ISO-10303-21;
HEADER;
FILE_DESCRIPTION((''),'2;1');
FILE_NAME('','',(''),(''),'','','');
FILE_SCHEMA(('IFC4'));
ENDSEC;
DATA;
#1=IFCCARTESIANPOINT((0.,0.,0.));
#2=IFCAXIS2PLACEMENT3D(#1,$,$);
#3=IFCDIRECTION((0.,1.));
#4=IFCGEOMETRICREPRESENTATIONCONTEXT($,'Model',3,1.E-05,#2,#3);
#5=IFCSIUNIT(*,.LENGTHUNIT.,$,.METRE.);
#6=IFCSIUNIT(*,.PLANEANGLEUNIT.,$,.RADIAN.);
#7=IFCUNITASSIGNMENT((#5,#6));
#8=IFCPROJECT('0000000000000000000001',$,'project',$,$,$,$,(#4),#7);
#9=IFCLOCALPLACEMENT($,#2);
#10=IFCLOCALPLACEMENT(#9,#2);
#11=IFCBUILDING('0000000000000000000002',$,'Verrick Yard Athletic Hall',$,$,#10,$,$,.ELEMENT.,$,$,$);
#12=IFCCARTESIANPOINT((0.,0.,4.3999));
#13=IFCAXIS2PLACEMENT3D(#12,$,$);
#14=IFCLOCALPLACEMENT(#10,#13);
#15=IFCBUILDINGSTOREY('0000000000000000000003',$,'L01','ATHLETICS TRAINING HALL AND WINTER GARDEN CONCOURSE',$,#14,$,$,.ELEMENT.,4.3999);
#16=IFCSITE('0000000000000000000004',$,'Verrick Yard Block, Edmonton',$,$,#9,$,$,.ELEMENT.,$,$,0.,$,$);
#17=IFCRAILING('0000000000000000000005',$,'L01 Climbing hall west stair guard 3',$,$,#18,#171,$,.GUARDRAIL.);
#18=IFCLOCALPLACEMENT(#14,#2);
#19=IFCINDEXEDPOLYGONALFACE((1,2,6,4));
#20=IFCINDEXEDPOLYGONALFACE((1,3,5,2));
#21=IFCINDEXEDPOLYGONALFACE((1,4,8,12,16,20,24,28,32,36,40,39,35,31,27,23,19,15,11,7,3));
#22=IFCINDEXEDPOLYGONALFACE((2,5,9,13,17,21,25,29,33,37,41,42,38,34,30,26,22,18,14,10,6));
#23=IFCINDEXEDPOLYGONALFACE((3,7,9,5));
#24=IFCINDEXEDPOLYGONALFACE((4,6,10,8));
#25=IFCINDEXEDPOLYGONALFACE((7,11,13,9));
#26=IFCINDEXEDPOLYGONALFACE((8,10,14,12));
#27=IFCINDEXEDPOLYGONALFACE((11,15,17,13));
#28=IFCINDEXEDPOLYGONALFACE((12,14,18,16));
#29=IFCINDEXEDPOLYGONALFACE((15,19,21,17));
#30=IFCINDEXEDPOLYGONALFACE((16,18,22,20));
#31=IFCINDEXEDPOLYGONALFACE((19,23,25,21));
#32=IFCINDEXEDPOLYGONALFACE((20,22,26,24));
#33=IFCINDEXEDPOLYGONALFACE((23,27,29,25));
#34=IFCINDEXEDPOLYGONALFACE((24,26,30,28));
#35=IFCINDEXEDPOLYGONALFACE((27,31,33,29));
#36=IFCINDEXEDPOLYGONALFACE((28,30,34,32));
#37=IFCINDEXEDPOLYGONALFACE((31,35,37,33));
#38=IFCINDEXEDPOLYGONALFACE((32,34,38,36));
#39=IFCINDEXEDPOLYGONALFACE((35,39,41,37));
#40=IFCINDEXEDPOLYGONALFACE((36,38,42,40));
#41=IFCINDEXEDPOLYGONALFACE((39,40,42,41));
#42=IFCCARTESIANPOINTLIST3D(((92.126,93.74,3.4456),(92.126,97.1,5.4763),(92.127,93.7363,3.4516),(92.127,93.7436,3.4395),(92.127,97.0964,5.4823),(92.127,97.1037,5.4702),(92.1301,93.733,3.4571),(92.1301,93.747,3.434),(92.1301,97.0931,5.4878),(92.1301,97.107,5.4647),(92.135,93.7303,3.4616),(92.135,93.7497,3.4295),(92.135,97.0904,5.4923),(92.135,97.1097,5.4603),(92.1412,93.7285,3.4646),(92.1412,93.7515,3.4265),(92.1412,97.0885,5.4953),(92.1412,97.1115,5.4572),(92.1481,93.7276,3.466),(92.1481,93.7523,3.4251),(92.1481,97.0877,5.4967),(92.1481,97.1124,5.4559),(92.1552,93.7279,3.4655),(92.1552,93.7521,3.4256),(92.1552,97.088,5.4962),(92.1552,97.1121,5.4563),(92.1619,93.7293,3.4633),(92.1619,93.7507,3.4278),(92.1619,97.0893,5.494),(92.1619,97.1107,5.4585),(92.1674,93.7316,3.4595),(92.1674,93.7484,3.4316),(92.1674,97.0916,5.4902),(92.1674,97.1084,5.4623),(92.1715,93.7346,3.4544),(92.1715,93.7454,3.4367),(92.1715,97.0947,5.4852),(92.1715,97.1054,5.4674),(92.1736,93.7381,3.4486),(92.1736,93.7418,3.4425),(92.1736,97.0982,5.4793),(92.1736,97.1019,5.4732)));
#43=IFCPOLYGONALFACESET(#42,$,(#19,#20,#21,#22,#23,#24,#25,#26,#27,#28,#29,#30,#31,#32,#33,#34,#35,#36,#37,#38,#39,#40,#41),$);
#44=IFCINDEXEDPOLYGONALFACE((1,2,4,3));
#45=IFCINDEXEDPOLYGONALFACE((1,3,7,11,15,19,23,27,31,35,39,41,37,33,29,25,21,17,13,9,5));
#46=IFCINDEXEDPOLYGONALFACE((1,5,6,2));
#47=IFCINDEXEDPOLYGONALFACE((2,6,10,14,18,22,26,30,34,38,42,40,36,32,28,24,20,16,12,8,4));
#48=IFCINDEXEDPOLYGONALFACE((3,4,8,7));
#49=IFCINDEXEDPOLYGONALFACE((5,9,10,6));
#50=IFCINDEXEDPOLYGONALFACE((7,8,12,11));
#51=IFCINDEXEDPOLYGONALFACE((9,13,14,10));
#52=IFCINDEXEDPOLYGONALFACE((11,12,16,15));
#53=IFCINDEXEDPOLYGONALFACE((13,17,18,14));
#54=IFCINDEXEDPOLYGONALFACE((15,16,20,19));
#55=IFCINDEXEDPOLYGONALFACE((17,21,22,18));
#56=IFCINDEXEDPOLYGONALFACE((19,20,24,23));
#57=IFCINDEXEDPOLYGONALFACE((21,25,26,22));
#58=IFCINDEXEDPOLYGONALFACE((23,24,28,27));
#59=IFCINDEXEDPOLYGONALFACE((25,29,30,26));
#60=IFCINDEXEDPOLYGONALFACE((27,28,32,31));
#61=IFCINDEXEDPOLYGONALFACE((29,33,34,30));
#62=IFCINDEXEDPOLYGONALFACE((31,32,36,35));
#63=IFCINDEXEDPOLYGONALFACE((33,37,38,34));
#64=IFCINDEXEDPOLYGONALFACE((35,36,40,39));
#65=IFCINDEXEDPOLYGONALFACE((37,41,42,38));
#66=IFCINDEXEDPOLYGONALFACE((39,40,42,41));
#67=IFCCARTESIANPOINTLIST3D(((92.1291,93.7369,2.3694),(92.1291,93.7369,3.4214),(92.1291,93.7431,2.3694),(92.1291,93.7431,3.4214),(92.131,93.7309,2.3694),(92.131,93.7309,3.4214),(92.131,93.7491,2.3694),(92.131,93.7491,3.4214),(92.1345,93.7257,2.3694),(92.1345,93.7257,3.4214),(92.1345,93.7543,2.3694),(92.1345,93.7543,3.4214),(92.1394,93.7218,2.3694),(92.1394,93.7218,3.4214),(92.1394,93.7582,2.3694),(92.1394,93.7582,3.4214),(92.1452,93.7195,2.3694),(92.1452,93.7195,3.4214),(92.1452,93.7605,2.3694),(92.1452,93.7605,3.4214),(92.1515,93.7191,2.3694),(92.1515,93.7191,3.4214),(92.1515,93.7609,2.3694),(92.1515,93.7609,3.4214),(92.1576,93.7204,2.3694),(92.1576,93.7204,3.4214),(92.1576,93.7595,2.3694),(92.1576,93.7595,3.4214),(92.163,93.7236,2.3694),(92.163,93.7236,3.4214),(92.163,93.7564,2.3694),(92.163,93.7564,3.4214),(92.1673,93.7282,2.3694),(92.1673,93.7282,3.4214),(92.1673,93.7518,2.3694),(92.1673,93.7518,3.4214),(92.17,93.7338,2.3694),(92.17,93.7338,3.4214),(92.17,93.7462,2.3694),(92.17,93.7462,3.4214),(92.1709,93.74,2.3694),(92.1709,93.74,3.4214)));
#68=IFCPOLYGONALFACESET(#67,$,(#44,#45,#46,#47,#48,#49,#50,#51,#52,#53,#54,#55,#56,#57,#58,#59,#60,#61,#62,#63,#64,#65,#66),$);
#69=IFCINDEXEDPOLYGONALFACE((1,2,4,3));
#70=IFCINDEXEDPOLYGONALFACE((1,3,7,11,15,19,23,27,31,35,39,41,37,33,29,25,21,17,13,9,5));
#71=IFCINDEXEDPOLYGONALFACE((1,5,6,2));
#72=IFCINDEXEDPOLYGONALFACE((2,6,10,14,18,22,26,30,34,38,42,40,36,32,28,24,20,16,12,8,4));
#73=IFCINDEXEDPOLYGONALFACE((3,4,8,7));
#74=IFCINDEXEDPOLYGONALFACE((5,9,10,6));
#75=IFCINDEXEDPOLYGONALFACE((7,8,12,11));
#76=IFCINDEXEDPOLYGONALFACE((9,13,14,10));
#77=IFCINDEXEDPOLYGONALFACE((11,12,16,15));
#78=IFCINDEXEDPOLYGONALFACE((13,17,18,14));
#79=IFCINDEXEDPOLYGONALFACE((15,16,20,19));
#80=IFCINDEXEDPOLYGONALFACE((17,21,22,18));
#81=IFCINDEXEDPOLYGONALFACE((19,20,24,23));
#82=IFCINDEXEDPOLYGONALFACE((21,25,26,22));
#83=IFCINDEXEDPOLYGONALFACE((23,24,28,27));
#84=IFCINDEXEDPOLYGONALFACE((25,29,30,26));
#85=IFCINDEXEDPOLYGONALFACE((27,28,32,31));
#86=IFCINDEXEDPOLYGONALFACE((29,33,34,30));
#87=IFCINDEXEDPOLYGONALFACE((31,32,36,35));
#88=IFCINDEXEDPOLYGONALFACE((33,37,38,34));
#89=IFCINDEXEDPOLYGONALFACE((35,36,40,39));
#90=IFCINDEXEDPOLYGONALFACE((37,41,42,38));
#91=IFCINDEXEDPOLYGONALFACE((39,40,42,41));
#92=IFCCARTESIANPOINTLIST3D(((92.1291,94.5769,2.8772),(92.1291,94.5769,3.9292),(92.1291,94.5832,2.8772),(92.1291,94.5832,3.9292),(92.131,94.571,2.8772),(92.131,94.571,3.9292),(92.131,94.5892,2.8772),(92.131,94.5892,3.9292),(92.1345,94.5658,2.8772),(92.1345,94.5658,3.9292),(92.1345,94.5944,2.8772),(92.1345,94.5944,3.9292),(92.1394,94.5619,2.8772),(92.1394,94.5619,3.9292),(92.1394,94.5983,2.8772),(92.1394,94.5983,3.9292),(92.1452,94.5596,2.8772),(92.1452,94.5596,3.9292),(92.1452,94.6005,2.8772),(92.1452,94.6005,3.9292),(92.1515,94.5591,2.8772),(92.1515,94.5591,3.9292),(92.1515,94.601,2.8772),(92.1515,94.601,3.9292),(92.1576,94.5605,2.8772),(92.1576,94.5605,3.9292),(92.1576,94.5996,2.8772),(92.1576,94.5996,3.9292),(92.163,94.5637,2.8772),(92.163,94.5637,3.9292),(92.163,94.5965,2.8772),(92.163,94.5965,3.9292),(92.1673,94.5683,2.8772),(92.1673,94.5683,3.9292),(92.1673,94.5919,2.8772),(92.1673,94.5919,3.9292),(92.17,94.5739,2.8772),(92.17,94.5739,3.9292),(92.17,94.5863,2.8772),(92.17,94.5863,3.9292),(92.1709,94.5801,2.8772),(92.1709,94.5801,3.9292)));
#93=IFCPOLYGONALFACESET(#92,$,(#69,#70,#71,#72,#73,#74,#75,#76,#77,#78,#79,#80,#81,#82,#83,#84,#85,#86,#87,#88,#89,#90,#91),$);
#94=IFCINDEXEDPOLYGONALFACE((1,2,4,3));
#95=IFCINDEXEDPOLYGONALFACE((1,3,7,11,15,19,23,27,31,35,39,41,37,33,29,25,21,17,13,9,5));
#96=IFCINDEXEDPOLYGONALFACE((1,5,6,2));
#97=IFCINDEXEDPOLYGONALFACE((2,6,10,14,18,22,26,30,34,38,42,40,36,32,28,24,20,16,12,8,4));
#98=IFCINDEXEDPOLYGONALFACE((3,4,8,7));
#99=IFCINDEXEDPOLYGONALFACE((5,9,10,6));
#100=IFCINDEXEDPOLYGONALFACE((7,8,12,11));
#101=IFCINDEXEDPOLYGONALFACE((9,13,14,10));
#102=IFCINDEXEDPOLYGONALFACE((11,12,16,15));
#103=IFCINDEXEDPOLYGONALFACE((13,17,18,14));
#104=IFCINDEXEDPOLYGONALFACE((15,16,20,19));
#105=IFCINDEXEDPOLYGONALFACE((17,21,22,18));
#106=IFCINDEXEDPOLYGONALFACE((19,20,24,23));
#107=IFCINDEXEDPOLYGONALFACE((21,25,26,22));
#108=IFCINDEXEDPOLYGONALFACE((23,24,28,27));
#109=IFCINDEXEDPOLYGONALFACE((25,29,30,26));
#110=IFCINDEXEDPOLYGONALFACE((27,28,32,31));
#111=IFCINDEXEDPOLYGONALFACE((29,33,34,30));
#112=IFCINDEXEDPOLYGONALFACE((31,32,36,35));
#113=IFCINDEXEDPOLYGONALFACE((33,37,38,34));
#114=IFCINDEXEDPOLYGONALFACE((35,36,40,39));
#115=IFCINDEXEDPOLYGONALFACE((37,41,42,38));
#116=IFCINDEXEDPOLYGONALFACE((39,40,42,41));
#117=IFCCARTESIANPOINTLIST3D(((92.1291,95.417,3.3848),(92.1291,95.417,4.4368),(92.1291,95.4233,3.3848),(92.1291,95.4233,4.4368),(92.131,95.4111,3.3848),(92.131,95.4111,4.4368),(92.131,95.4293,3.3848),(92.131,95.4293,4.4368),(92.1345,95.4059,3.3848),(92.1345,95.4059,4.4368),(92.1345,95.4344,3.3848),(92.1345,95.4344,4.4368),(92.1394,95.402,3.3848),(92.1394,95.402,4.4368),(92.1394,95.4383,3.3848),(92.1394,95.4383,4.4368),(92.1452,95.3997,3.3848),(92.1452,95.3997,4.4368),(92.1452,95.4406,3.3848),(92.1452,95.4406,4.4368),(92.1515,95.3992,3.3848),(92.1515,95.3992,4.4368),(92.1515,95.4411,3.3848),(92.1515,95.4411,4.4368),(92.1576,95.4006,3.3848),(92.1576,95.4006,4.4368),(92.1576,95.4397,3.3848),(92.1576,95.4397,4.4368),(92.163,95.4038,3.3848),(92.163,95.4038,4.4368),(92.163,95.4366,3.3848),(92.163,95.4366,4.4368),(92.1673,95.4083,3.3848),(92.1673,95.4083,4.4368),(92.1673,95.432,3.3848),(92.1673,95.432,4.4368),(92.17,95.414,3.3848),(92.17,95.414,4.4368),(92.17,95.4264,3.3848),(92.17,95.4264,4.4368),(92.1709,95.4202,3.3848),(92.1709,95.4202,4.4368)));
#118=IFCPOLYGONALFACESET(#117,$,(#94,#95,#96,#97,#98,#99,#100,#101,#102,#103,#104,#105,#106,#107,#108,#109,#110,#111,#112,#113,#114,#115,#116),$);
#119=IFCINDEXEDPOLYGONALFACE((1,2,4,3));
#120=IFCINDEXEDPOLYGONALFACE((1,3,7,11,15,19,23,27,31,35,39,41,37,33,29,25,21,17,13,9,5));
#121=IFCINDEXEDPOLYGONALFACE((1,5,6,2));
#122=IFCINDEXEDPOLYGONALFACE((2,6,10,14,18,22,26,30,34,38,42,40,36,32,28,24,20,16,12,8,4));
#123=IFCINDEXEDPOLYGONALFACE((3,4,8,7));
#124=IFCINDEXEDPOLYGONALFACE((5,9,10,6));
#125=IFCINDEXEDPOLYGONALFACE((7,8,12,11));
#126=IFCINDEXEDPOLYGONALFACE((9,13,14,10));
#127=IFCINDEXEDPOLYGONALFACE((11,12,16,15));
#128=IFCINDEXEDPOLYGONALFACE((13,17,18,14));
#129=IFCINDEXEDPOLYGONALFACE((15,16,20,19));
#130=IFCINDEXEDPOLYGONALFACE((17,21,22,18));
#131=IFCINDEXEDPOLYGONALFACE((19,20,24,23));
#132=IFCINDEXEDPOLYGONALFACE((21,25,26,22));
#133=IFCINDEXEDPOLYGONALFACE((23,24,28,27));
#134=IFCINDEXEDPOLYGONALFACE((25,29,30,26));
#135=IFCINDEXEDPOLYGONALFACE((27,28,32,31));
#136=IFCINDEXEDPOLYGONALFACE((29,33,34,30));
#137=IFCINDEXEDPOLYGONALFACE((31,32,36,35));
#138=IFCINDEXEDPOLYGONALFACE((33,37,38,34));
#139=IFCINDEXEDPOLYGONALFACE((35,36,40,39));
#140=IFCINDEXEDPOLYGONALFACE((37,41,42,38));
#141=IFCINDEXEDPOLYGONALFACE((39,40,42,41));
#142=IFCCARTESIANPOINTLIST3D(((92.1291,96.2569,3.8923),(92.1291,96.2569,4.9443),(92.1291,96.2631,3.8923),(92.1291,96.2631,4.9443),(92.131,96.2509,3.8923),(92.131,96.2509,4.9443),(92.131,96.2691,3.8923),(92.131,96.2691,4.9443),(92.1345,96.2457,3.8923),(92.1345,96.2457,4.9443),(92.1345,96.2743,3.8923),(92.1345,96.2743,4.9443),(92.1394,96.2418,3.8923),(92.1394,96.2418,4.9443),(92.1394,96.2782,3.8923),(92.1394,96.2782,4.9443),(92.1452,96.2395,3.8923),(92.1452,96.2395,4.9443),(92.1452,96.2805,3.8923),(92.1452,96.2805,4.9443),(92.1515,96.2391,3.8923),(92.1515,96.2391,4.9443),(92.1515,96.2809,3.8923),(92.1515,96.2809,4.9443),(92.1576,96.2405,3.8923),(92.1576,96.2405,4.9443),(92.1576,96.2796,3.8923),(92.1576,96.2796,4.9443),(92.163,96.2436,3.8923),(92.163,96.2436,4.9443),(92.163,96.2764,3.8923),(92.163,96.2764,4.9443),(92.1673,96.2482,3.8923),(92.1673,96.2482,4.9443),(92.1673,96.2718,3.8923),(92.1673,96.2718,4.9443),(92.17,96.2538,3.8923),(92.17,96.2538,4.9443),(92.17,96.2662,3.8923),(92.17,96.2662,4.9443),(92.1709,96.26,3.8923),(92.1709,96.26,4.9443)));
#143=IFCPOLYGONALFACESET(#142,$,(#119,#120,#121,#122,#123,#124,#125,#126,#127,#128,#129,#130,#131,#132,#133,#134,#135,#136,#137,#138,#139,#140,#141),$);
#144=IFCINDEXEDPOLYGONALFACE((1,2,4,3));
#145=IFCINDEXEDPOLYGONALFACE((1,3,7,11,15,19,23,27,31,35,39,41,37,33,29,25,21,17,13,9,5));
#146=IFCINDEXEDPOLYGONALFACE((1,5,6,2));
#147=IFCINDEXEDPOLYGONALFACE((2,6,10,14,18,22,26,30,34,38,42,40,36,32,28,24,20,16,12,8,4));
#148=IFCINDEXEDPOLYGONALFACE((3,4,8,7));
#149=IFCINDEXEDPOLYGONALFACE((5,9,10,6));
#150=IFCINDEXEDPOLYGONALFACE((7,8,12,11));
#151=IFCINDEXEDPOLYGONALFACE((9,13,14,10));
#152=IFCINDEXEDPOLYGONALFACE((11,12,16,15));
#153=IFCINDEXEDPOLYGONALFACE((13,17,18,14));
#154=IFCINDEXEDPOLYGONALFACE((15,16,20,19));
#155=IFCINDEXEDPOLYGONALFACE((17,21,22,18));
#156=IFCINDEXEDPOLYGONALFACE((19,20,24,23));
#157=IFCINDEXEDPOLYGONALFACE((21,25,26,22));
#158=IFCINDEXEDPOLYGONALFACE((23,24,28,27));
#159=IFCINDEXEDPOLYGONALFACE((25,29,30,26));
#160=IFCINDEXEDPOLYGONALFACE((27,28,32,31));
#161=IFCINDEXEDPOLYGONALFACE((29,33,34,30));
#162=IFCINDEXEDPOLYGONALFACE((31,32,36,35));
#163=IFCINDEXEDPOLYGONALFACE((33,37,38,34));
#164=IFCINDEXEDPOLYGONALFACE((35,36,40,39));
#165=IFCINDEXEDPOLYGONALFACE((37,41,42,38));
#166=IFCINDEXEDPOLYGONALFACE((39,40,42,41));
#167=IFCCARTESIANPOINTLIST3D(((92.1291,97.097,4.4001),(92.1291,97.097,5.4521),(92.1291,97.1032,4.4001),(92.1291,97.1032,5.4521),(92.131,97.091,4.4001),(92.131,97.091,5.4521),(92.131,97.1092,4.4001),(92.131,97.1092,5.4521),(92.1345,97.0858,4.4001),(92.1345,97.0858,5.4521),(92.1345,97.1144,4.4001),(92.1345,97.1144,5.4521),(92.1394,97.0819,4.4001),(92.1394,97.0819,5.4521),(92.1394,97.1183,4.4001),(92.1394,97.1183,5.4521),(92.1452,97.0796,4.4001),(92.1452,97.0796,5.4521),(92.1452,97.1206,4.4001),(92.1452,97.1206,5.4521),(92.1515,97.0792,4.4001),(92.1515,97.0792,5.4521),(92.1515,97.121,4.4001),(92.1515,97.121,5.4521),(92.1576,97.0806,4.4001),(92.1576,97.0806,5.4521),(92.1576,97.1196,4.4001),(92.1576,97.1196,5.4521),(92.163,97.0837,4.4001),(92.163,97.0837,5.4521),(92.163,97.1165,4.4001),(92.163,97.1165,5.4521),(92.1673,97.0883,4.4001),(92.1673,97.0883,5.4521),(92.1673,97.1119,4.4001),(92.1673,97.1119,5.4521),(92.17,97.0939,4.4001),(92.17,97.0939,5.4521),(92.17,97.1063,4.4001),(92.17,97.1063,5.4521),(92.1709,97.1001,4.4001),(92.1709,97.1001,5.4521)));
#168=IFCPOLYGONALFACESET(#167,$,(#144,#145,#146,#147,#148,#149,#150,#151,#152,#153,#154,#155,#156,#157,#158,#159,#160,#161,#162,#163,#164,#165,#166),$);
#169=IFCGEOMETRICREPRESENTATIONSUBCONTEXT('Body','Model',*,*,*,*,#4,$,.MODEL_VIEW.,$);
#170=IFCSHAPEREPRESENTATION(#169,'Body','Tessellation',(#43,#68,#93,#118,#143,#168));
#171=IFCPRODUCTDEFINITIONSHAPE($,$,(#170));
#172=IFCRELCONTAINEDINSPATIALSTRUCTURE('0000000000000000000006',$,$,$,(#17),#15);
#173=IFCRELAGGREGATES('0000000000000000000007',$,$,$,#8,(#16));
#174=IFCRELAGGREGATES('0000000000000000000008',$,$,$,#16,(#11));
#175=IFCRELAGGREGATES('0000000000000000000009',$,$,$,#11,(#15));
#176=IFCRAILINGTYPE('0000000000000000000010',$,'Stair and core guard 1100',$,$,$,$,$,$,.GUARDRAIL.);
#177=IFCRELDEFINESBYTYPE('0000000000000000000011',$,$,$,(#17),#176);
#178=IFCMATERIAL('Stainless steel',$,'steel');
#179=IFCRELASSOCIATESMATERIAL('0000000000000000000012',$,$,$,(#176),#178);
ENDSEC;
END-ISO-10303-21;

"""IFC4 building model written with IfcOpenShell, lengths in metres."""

from ifc_helpers import new_model, si_unit, direction, frame, origin, origin_2d, place, context, subcontext, project, spatial, circle, extrude, material, type_object, element, save


model = new_model("IFC4")

# Units and contexts
model_context = context("Model", 3, precision=1e-05, world=origin(), true_north=direction((0.0, 1.0)))
body_context = subcontext(model_context, "Body", "Model", "MODEL_VIEW")
ifc_project = project(units=[si_unit("LENGTHUNIT", "METRE"), si_unit("PLANEANGLEUNIT", "RADIAN")], contexts=[model_context])

# Site, building, storey
site_placement = place(None, origin())
site = spatial("IfcSite", under=ifc_project, at=site_placement, Name="Verrick Yard Block, Edmonton", CompositionType="ELEMENT", RefElevation=0.0)
building_placement = place(site_placement, origin())
building = spatial("IfcBuilding", under=site, at=building_placement, Name="Verrick Yard Athletic Hall", CompositionType="ELEMENT")
storey_placement = place(building_placement, frame((0.0, 0.0, 4.3999)))
storey = spatial("IfcBuildingStorey", under=building, at=storey_placement, Name="L01", Description="ATHLETICS TRAINING HALL AND WINTER GARDEN CONCOURSE", CompositionType="ELEMENT", Elevation=4.3999)

# Railing
ifc_material_1 = material(Name="Stainless steel", Category="steel")
railing_type_1 = type_object("IfcRailingType", Name="Stair and core guard 1100", PredefinedType="GUARDRAIL", material=ifc_material_1)
railing_1_placement = place(storey_placement, frame((92.1499, 93.74, 2.3694)))
element("IfcRailing", 1, at=railing_1_placement, inside=storey, type_object=railing_type_1, Name="L01 Climbing hall west stair guard 3", PredefinedType="GUARDRAIL", context=body_context, shape_type="SweptSolid", body=[
    extrude(circle(Radius=0.0239, at=origin_2d()), frame((0.0, 0.0, 1.0762), z_axis=(0.0, 0.855837, 0.517246), x_axis=(-1.0, 0.0, 0.0)), (0.0, 0.0, 1.0), 3.926),
    extrude(circle(Radius=0.021, at=origin_2d()), origin(), (0.0, 0.0, 1.0), 1.052),
    extrude(circle(Radius=0.021, at=origin_2d()), frame((0.0, 0.8401, 0.5078)), (0.0, 0.0, 1.0), 1.052),
    extrude(circle(Radius=0.021, at=origin_2d()), frame((0.0, 1.6802, 1.0154)), (0.0, 0.0, 1.0), 1.052),
    extrude(circle(Radius=0.021, at=origin_2d()), frame((0.0, 2.52, 1.5229)), (0.0, 0.0, 1.0), 1.052),
    extrude(circle(Radius=0.021, at=origin_2d()), frame((0.0, 3.3601, 2.0308)), (0.0, 0.0, 1.0), 1.052),
])

save(model, "model.ifc")
